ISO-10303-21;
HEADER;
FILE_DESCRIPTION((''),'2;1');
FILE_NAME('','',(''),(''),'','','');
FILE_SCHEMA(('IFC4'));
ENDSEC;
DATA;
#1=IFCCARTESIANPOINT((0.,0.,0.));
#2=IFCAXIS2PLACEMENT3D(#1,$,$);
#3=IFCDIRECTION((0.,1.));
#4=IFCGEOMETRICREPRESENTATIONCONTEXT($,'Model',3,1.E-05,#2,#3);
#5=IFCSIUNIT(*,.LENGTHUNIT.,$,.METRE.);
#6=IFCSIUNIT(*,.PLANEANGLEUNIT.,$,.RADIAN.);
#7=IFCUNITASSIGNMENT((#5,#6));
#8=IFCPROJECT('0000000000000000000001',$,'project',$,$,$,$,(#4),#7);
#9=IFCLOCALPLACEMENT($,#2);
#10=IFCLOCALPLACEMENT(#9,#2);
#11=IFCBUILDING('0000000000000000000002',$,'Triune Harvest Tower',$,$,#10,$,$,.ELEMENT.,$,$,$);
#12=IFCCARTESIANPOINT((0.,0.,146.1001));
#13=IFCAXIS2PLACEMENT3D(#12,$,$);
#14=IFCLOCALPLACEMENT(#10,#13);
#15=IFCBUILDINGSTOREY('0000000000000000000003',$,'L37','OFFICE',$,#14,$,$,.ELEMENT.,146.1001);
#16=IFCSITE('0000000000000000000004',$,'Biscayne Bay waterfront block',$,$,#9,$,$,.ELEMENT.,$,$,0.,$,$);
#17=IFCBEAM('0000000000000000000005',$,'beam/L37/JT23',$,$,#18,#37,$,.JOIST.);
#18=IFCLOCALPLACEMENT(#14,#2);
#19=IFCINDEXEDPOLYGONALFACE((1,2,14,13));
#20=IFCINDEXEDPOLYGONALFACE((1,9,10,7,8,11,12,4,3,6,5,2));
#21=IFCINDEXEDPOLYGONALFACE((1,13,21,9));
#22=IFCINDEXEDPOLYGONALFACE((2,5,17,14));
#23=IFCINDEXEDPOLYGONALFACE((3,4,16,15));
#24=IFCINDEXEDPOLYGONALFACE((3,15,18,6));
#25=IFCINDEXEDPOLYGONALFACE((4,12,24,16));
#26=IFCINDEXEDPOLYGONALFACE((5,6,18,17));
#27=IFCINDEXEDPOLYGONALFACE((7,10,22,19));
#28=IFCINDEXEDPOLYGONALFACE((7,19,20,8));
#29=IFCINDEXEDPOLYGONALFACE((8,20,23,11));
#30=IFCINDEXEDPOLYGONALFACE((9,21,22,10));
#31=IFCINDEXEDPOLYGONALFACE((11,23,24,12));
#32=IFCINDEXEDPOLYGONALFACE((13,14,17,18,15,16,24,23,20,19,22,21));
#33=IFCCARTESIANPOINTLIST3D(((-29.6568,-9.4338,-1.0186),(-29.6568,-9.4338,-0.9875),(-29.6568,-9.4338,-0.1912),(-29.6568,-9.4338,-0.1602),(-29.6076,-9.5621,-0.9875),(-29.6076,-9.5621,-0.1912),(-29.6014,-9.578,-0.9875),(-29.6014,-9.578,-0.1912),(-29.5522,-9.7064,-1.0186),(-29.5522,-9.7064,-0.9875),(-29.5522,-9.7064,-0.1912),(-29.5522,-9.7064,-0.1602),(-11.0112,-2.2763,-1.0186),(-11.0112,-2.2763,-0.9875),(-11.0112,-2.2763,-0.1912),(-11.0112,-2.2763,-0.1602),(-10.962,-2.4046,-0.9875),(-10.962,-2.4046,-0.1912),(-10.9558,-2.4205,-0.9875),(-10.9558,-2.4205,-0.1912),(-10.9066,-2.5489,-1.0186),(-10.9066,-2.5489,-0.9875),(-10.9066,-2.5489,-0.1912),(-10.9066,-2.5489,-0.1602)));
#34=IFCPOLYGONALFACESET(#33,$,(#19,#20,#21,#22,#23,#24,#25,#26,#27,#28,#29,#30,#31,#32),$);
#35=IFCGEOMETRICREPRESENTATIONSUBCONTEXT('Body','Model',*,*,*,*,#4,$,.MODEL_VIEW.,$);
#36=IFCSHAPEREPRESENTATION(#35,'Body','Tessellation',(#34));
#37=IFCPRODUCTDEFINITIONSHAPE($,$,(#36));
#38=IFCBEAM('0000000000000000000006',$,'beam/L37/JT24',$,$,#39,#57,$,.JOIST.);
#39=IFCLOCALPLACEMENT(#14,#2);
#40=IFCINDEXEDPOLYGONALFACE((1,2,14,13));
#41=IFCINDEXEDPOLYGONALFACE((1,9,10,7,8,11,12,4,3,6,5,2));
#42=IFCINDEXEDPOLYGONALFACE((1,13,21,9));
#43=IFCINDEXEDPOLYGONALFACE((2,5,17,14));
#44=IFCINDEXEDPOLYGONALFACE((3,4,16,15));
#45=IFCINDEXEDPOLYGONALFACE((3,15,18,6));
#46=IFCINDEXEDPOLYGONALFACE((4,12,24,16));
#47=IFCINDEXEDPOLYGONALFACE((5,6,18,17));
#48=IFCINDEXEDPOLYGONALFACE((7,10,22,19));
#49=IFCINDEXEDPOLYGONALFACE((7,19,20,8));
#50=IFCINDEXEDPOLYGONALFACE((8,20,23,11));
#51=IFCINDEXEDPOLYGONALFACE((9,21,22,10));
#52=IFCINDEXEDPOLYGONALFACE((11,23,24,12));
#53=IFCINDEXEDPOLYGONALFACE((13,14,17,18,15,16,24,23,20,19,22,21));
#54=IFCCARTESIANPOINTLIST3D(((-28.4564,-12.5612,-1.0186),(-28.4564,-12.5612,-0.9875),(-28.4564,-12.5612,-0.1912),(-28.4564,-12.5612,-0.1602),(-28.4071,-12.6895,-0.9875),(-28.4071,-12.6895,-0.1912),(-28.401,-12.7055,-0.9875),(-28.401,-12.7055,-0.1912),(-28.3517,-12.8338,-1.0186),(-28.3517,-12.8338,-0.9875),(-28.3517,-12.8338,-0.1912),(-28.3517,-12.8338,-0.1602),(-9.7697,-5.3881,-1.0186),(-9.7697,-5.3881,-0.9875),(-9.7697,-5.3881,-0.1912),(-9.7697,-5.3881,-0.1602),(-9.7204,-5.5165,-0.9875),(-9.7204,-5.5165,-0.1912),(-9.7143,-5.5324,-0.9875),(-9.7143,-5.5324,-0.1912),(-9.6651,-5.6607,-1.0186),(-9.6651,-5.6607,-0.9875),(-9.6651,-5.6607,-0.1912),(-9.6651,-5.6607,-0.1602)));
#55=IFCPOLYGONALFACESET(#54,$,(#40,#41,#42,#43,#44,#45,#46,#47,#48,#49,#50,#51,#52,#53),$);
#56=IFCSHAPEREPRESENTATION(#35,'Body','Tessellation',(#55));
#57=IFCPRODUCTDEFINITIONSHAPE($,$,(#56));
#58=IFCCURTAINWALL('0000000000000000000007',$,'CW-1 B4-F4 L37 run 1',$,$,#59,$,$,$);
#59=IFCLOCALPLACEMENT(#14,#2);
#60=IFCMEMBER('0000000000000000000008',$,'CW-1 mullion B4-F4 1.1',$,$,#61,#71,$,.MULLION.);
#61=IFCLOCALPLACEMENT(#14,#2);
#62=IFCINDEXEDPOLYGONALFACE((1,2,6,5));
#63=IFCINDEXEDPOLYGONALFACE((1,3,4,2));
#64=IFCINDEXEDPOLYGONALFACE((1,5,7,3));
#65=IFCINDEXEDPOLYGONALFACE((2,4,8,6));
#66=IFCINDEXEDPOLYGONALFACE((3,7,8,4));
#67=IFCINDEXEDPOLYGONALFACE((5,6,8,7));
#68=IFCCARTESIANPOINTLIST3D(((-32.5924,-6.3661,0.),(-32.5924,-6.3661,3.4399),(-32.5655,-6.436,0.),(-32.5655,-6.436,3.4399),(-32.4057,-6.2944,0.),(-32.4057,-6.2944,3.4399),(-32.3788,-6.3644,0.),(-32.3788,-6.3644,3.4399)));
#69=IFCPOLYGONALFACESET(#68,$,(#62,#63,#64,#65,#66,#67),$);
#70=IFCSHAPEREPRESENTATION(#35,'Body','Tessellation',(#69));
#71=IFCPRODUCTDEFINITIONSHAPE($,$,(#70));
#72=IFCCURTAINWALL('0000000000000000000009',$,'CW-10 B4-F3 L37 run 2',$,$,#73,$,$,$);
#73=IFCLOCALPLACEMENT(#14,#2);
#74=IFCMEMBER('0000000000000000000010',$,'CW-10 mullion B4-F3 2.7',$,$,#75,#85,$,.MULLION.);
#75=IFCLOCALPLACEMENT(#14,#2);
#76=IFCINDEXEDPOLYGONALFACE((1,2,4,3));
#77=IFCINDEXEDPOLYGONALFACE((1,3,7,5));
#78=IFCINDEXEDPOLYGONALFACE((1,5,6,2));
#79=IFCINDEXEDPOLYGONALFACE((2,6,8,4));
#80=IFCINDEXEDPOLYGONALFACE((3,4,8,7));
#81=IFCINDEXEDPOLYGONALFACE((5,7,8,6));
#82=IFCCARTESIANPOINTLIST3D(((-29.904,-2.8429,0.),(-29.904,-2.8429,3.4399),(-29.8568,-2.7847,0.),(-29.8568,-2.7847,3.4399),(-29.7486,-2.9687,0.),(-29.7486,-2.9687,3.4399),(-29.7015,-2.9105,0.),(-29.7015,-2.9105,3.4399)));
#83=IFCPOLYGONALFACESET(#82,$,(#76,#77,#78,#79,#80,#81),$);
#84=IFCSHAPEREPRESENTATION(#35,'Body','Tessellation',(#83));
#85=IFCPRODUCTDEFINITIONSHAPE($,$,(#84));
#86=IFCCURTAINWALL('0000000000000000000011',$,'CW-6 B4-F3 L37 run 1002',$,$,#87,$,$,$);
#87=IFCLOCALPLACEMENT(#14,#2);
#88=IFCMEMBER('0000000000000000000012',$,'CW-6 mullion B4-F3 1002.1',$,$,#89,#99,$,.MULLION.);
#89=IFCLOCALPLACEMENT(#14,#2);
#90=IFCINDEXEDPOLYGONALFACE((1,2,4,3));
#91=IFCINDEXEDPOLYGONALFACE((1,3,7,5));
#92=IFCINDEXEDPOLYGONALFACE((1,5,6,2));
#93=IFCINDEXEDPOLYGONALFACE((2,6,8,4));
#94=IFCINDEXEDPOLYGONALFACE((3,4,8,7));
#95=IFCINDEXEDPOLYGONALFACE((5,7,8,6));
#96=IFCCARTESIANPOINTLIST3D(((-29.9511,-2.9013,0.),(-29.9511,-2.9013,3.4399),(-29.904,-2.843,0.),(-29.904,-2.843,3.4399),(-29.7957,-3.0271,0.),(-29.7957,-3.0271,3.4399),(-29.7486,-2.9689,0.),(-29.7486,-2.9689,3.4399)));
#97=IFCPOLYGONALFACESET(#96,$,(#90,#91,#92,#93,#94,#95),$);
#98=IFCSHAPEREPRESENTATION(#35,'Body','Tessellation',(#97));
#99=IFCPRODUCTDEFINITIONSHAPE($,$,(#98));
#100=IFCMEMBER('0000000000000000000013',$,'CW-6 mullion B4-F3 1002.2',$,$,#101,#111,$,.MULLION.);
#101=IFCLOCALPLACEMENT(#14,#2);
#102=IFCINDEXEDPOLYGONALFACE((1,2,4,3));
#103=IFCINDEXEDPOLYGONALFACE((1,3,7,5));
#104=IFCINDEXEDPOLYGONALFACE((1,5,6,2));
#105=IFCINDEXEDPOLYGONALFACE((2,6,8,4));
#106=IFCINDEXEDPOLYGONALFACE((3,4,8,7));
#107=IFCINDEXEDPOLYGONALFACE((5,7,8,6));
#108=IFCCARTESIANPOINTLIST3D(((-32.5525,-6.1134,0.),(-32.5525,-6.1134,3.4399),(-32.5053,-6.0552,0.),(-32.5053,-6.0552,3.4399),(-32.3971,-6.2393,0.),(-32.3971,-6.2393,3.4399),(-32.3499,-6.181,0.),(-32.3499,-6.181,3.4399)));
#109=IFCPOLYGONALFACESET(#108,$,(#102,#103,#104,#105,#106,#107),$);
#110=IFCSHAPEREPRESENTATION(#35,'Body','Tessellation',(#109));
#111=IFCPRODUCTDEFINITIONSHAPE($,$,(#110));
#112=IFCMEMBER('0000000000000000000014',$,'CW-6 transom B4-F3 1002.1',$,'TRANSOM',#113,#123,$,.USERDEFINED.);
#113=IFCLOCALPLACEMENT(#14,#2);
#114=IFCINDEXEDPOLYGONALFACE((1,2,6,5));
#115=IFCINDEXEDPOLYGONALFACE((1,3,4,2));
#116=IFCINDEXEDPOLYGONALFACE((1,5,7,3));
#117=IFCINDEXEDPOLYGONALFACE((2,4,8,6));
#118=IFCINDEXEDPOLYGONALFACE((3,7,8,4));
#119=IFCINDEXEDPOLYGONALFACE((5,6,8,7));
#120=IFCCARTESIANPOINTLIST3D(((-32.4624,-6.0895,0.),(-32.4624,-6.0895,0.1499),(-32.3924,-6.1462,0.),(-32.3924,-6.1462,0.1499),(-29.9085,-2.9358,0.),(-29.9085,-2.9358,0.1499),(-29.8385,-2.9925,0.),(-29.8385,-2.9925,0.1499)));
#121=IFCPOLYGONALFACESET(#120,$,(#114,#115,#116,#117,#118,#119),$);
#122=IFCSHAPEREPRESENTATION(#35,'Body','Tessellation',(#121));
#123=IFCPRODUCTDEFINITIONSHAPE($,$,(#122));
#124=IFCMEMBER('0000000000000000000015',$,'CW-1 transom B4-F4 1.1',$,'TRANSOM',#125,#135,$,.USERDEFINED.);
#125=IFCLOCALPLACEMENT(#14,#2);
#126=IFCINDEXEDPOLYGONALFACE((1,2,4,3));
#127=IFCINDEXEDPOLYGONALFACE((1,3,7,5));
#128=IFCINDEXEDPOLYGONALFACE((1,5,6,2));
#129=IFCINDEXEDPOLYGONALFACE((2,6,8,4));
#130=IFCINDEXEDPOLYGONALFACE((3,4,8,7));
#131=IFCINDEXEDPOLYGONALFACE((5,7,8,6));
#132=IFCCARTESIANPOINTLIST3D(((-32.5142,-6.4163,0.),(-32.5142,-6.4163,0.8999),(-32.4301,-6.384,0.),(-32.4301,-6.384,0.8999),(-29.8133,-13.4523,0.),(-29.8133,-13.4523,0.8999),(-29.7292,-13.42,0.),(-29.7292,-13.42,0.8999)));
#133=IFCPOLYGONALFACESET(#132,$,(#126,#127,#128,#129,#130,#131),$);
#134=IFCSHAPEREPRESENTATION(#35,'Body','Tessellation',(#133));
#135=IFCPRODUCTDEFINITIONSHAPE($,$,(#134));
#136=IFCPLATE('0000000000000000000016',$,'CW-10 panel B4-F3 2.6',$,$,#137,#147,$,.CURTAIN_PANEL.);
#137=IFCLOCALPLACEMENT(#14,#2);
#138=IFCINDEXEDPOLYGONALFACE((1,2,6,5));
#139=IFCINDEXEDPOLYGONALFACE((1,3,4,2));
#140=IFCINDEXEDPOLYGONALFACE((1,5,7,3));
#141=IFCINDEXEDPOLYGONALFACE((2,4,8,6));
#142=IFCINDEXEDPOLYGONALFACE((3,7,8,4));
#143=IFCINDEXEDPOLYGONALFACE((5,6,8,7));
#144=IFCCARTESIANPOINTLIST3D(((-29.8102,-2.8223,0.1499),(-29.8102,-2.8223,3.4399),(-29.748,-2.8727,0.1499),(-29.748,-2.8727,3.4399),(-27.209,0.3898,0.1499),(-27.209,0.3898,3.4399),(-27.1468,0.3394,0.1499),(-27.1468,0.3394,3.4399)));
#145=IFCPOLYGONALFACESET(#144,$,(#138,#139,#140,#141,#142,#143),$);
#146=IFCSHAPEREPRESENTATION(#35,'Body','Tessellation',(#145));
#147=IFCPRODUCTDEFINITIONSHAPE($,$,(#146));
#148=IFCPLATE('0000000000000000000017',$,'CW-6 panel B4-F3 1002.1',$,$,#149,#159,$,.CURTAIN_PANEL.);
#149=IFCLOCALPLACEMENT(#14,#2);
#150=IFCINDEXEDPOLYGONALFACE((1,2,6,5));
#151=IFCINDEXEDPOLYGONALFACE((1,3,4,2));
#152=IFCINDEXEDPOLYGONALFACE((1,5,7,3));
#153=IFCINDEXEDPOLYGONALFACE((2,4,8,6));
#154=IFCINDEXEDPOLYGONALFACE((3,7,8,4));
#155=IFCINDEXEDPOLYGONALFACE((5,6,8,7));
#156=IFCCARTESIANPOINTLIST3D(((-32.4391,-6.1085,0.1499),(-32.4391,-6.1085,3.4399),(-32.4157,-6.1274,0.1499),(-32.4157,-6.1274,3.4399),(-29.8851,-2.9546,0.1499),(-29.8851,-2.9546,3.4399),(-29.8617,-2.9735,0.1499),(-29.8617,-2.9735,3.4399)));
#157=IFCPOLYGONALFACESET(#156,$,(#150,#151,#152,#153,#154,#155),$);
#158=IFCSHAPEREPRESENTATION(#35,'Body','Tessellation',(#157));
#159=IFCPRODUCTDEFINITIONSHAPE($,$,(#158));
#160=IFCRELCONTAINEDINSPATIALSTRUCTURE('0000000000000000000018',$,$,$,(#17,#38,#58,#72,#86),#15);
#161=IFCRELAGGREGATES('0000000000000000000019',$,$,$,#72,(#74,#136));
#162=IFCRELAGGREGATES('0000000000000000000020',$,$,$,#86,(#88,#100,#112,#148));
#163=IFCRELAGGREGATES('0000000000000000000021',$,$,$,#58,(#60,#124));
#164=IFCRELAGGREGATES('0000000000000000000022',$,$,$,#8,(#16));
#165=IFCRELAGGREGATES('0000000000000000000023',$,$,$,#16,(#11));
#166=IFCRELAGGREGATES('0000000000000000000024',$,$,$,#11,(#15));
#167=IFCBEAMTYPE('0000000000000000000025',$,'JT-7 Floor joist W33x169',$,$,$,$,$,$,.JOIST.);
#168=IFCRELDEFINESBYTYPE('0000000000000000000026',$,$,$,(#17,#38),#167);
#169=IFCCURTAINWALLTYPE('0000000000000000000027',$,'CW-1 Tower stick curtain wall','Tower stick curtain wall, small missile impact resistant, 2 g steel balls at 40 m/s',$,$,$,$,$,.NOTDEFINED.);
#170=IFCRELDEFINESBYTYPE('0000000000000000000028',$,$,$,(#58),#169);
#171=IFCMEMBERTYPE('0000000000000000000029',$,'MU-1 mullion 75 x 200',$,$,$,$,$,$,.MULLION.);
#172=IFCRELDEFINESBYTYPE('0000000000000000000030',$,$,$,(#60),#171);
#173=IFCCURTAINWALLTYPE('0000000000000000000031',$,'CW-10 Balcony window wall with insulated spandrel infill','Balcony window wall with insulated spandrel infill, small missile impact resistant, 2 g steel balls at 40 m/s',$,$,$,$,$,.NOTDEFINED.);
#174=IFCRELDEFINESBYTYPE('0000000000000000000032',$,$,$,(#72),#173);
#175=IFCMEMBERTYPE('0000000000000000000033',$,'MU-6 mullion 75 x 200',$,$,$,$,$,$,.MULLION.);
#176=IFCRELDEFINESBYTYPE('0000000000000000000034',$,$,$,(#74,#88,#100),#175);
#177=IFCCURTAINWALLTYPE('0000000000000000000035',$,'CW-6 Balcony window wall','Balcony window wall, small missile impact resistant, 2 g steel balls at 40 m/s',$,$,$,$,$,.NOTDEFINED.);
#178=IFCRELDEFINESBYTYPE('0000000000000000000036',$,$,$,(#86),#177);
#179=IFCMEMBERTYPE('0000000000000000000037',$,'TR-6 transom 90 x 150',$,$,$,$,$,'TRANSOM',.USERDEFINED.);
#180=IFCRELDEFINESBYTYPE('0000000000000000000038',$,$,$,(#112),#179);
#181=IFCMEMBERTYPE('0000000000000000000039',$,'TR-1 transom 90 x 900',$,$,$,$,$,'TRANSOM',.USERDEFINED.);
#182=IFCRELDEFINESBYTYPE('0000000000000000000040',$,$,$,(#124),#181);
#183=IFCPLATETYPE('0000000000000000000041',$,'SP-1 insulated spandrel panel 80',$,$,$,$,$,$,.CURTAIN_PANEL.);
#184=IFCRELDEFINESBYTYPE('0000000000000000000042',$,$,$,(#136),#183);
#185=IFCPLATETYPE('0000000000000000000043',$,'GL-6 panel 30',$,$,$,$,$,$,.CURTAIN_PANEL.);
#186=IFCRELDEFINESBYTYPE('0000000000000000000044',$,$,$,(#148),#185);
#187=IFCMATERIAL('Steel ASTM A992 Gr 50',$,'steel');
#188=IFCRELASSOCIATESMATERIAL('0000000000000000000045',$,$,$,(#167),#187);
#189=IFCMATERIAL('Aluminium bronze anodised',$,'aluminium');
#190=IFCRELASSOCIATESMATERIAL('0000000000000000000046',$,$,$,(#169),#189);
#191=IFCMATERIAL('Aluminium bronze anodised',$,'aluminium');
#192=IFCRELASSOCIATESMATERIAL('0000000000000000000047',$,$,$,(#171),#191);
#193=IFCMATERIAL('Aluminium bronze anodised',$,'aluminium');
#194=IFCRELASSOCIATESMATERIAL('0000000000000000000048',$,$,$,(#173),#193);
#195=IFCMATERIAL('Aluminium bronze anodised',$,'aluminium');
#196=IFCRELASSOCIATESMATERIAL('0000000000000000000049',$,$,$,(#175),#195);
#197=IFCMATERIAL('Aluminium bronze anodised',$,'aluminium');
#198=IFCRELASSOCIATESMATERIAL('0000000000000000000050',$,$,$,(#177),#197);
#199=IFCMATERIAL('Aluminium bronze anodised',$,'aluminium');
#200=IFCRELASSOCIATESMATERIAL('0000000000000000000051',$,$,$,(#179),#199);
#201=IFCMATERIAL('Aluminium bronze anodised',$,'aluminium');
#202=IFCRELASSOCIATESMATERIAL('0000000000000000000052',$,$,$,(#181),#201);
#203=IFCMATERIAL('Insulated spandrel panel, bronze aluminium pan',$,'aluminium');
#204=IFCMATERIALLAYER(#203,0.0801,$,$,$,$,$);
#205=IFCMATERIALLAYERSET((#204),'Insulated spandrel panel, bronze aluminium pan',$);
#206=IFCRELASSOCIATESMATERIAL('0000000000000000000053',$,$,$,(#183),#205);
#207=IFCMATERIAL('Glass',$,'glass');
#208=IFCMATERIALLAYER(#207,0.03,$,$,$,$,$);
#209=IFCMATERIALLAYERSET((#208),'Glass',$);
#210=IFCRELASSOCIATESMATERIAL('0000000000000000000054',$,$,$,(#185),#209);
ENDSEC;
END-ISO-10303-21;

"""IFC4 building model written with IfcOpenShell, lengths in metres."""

from ifc_helpers import new_model, si_unit, direction, frame, origin, origin_2d, place, context, subcontext, project, spatial, rectangle, i_section, extrude, source, transform, mapped, material, layer, layer_set, material_profile, profile_set, type_object, element, aggregate, save


model = new_model("IFC4")

# Units and contexts
model_context = context("Model", 3, precision=1e-05, world=origin(), true_north=direction((0.0, 1.0)))
body_context = subcontext(model_context, "Body", "Model", "MODEL_VIEW")
ifc_project = project(units=[si_unit("LENGTHUNIT", "METRE"), si_unit("PLANEANGLEUNIT", "RADIAN")], contexts=[model_context])

# Site, building, storey
site_placement = place(None, origin())
site = spatial("IfcSite", under=ifc_project, at=site_placement, Name="Biscayne Bay waterfront block", CompositionType="ELEMENT", RefElevation=0.0)
building_placement = place(site_placement, origin())
building = spatial("IfcBuilding", under=site, at=building_placement, Name="Triune Harvest Tower", CompositionType="ELEMENT")
storey_placement = place(building_placement, frame((0.0, 0.0, 146.1001)))
storey = spatial("IfcBuildingStorey", under=building, at=storey_placement, Name="L37", Description="OFFICE", CompositionType="ELEMENT", Elevation=146.1001)

# Beams
ifc_material_1 = material(Name="Steel ASTM A992 Gr 50", Category="steel")
ifc_material_profile_1 = material_profile(ifc_material_1, i_section(OverallWidth=0.292, OverallDepth=0.8584, WebThickness=0.0171, FlangeThickness=0.031, at=origin_2d()), Name="W33x169")
ifc_profile_set_1 = profile_set([ifc_material_profile_1], Name="Steel ASTM A992 Gr 50")
beam_type_1 = type_object("IfcBeamType", Name="JT-7 Floor joist W33x169", PredefinedType="JOIST", material=ifc_profile_set_1)
shared_shape_1 = source(origin(), body_context, "Body", "SweptSolid", [
    extrude(i_section(OverallWidth=0.292, OverallDepth=0.8584, WebThickness=0.0171, FlangeThickness=0.031, at=origin_2d()), origin(), (0.0, 0.0, 1.0), 19.9722),
])
beam_1_placement = place(storey_placement, frame((-29.6045, -9.5701, -0.5894), z_axis=(0.933578, 0.358374, 0.0), x_axis=(-0.358374, 0.933578, 0.0)))
element("IfcBeam", 1, at=beam_1_placement, inside=storey, type_object=beam_type_1, Name="beam/L37/JT23", PredefinedType="JOIST", context=body_context, shape_type="MappedRepresentation", body=[
    mapped(shared_shape_1, transform((0.0, 0.0, 0.0), scale=1.0)),
])
shared_shape_2 = source(origin(), body_context, "Body", "SweptSolid", [
    extrude(i_section(OverallWidth=0.292, OverallDepth=0.8584, WebThickness=0.0171, FlangeThickness=0.031, at=origin_2d()), origin(), (0.0, 0.0, 1.0), 20.0161),
])
beam_2_placement = place(storey_placement, frame((-28.4041, -12.6975, -0.5894), z_axis=(0.933582, 0.358364, 0.0), x_axis=(-0.358364, 0.933582, 0.0)))
element("IfcBeam", 2, at=beam_2_placement, inside=storey, type_object=beam_type_1, Name="beam/L37/JT24", PredefinedType="JOIST", context=body_context, shape_type="MappedRepresentation", body=[
    mapped(shared_shape_2, transform((0.0, 0.0, 0.0), scale=1.0)),
])

# Curtain walls, members
ifc_material_2 = material(Name="Aluminium bronze anodised", Category="aluminium")
curtain_wall_type_1 = type_object("IfcCurtainWallType", Name="CW-1 Tower stick curtain wall", Description="Tower stick curtain wall, small missile impact resistant, 2 g steel balls at 40 m/s", PredefinedType="NOTDEFINED", material=ifc_material_2)
curtain_wall_1_placement = place(storey_placement, origin())
curtain_wall_1 = element("IfcCurtainWall", 3, at=curtain_wall_1_placement, inside=storey, type_object=curtain_wall_type_1, Name="CW-1 B4-F4 L37 run 1")
ifc_material_3 = material(Name="Aluminium bronze anodised", Category="aluminium")
ifc_material_profile_2 = material_profile(ifc_material_3, rectangle(XDim=0.2, YDim=0.075, at=origin_2d()), Name="MU-1 mullion 75 x 200")
ifc_profile_set_2 = profile_set([ifc_material_profile_2], Name="Aluminium bronze anodised")
member_type_1 = type_object("IfcMemberType", Name="MU-1 mullion 75 x 200", PredefinedType="MULLION", material=ifc_profile_set_2)
shared_shape_3 = source(origin(), body_context, "Body", "SweptSolid", [
    extrude(rectangle(XDim=0.2, YDim=0.075, at=origin_2d()), origin(), (0.0, 0.0, 1.0), 3.4399),
])
member_1_placement = place(storey_placement, frame((-32.4856, -6.3652, 0.0), z_axis=(0.0, 0.0, 1.0), x_axis=(0.93358, 0.358369, 0.0)))
member_1 = element("IfcMember", 4, at=member_1_placement, type_object=member_type_1, Name="CW-1 mullion B4-F4 1.1", PredefinedType="MULLION", context=body_context, shape_type="MappedRepresentation", body=[
    mapped(shared_shape_3, transform((0.0, 0.0, 0.0), scale=1.0)),
])
ifc_material_4 = material(Name="Aluminium bronze anodised", Category="aluminium")
curtain_wall_type_2 = type_object("IfcCurtainWallType", Name="CW-10 Balcony window wall with insulated spandrel infill", Description="Balcony window wall with insulated spandrel infill, small missile impact resistant, 2 g steel balls at 40 m/s", PredefinedType="NOTDEFINED", material=ifc_material_4)
curtain_wall_2_placement = place(storey_placement, origin())
curtain_wall_2 = element("IfcCurtainWall", 5, at=curtain_wall_2_placement, inside=storey, type_object=curtain_wall_type_2, Name="CW-10 B4-F3 L37 run 2")
ifc_material_5 = material(Name="Aluminium bronze anodised", Category="aluminium")
ifc_material_profile_3 = material_profile(ifc_material_5, rectangle(XDim=0.2, YDim=0.075, at=origin_2d()), Name="MU-6 mullion 75 x 200")
ifc_profile_set_3 = profile_set([ifc_material_profile_3], Name="Aluminium bronze anodised")
member_type_2 = type_object("IfcMemberType", Name="MU-6 mullion 75 x 200", PredefinedType="MULLION", material=ifc_profile_set_3)
shared_shape_4 = source(origin(), body_context, "Body", "SweptSolid", [
    extrude(rectangle(XDim=0.2, YDim=0.075, at=origin_2d()), origin(), (0.0, 0.0, 1.0), 3.4399),
])
member_2_placement = place(storey_placement, frame((-29.8027, -2.8767, 0.0), z_axis=(0.0, 0.0, 1.0), x_axis=(0.777145, -0.629322, 0.0)))
member_2 = element("IfcMember", 6, at=member_2_placement, type_object=member_type_2, Name="CW-10 mullion B4-F3 2.7", PredefinedType="MULLION", context=body_context, shape_type="MappedRepresentation", body=[
    mapped(shared_shape_4, transform((0.0, 0.0, 0.0), scale=1.0)),
])

# Curtain wall, members
ifc_material_6 = material(Name="Aluminium bronze anodised", Category="aluminium")
curtain_wall_type_3 = type_object("IfcCurtainWallType", Name="CW-6 Balcony window wall", Description="Balcony window wall, small missile impact resistant, 2 g steel balls at 40 m/s", PredefinedType="NOTDEFINED", material=ifc_material_6)
curtain_wall_3_placement = place(storey_placement, origin())
curtain_wall_3 = element("IfcCurtainWall", 7, at=curtain_wall_3_placement, inside=storey, type_object=curtain_wall_type_3, Name="CW-6 B4-F3 L37 run 1002")
member_3_placement = place(storey_placement, frame((-29.8499, -2.9351, 0.0), z_axis=(0.0, 0.0, 1.0), x_axis=(0.777146, -0.62932, 0.0)))
member_3 = element("IfcMember", 8, at=member_3_placement, type_object=member_type_2, Name="CW-6 mullion B4-F3 1002.1", PredefinedType="MULLION", context=body_context, shape_type="MappedRepresentation", body=[
    mapped(shared_shape_4, transform((0.0, 0.0, 0.0), scale=1.0)),
])
member_4_placement = place(storey_placement, frame((-32.4512, -6.1472, 0.0), z_axis=(0.0, 0.0, 1.0), x_axis=(0.777146, -0.62932, 0.0)))
member_4 = element("IfcMember", 9, at=member_4_placement, type_object=member_type_2, Name="CW-6 mullion B4-F3 1002.2", PredefinedType="MULLION", context=body_context, shape_type="MappedRepresentation", body=[
    mapped(shared_shape_4, transform((0.0, 0.0, 0.0), scale=1.0)),
])
ifc_material_7 = material(Name="Aluminium bronze anodised", Category="aluminium")
ifc_material_profile_4 = material_profile(ifc_material_7, rectangle(XDim=0.0901, YDim=0.1499, at=origin_2d()), Name="TR-6 transom 90 x 150")
ifc_profile_set_4 = profile_set([ifc_material_profile_4], Name="Aluminium bronze anodised")
member_type_3 = type_object("IfcMemberType", Name="TR-6 transom 90 x 150", ElementType="TRANSOM", PredefinedType="USERDEFINED", material=ifc_profile_set_4)
shared_shape_5 = source(origin(), body_context, "Body", "SweptSolid", [
    extrude(rectangle(XDim=0.0901, YDim=0.1499, at=origin_2d()), origin(), (0.0, 0.0, 1.0), 4.0581),
])
member_5_placement = place(storey_placement, frame((-29.8735, -2.9641, 0.075), z_axis=(-0.629328, -0.77714, 0.0), x_axis=(0.77714, -0.629328, 0.0)))
member_5 = element("IfcMember", 10, at=member_5_placement, type_object=member_type_3, Name="CW-6 transom B4-F3 1002.1", ObjectType="TRANSOM", PredefinedType="USERDEFINED", context=body_context, shape_type="MappedRepresentation", body=[
    mapped(shared_shape_5, transform((0.0, 0.0, 0.0), scale=1.0)),
])

# Member
ifc_material_8 = material(Name="Aluminium bronze anodised", Category="aluminium")
ifc_material_profile_5 = material_profile(ifc_material_8, rectangle(XDim=0.0901, YDim=0.8999, at=origin_2d()), Name="TR-1 transom 90 x 900")
ifc_profile_set_5 = profile_set([ifc_material_profile_5], Name="Aluminium bronze anodised")
member_type_4 = type_object("IfcMemberType", Name="TR-1 transom 90 x 900", ElementType="TRANSOM", PredefinedType="USERDEFINED", material=ifc_profile_set_5)
shared_shape_6 = source(origin(), body_context, "Body", "SweptSolid", [
    extrude(rectangle(XDim=0.0901, YDim=0.8999, at=origin_2d()), origin(), (0.0, 0.0, 1.0), 7.5366),
])
member_6_placement = place(storey_placement, frame((-32.4722, -6.4001, 0.45), z_axis=(0.358369, -0.93358, 0.0), x_axis=(0.93358, 0.358369, 0.0)))
member_6 = element("IfcMember", 11, at=member_6_placement, type_object=member_type_4, Name="CW-1 transom B4-F4 1.1", ObjectType="TRANSOM", PredefinedType="USERDEFINED", context=body_context, shape_type="MappedRepresentation", body=[
    mapped(shared_shape_6, transform((0.0, 0.0, 0.0), scale=1.0)),
])

# Plates
ifc_material_9 = material(Name="Insulated spandrel panel, bronze aluminium pan", Category="aluminium")
ifc_layer_1 = layer(ifc_material_9, 0.0801)
ifc_layer_set_1 = layer_set([ifc_layer_1], Name="Insulated spandrel panel, bronze aluminium pan")
plate_type_1 = type_object("IfcPlateType", Name="SP-1 insulated spandrel panel 80", PredefinedType="CURTAIN_PANEL", material=ifc_layer_set_1)
shared_shape_7 = source(origin(), body_context, "Body", "SweptSolid", [
    extrude(rectangle(XDim=4.1333, YDim=0.0801, at=origin_2d()), origin(), (0.0, 0.0, 1.0), 3.29),
])
plate_1_placement = place(storey_placement, frame((-28.4785, -1.2415, 0.1499), z_axis=(0.0, 0.0, 1.0), x_axis=(-0.629322, -0.777145, 0.0)))
plate_1 = element("IfcPlate", 12, at=plate_1_placement, type_object=plate_type_1, Name="CW-10 panel B4-F3 2.6", PredefinedType="CURTAIN_PANEL", context=body_context, shape_type="MappedRepresentation", body=[
    mapped(shared_shape_7, transform((0.0, 0.0, 0.0), scale=1.0)),
])
aggregate(curtain_wall_2, [member_2, plate_1])
ifc_material_10 = material(Name="Glass", Category="glass")
ifc_layer_2 = layer(ifc_material_10, 0.03)
ifc_layer_set_2 = layer_set([ifc_layer_2], Name="Glass")
plate_type_2 = type_object("IfcPlateType", Name="GL-6 panel 30", PredefinedType="CURTAIN_PANEL", material=ifc_layer_set_2)
shared_shape_8 = source(origin(), body_context, "Body", "SweptSolid", [
    extrude(rectangle(XDim=4.0583, YDim=0.03, at=origin_2d()), origin(), (0.0, 0.0, 1.0), 3.29),
])
plate_2_placement = place(storey_placement, frame((-31.1504, -4.541, 0.1499), z_axis=(0.0, 0.0, 1.0), x_axis=(-0.62932, -0.777146, 0.0)))
plate_2 = element("IfcPlate", 13, at=plate_2_placement, type_object=plate_type_2, Name="CW-6 panel B4-F3 1002.1", PredefinedType="CURTAIN_PANEL", context=body_context, shape_type="MappedRepresentation", body=[
    mapped(shared_shape_8, transform((0.0, 0.0, 0.0), scale=1.0)),
])
aggregate(curtain_wall_3, [member_3, member_4, member_5, plate_2])
aggregate(curtain_wall_1, [member_1, member_6])

save(model, "model.ifc")
